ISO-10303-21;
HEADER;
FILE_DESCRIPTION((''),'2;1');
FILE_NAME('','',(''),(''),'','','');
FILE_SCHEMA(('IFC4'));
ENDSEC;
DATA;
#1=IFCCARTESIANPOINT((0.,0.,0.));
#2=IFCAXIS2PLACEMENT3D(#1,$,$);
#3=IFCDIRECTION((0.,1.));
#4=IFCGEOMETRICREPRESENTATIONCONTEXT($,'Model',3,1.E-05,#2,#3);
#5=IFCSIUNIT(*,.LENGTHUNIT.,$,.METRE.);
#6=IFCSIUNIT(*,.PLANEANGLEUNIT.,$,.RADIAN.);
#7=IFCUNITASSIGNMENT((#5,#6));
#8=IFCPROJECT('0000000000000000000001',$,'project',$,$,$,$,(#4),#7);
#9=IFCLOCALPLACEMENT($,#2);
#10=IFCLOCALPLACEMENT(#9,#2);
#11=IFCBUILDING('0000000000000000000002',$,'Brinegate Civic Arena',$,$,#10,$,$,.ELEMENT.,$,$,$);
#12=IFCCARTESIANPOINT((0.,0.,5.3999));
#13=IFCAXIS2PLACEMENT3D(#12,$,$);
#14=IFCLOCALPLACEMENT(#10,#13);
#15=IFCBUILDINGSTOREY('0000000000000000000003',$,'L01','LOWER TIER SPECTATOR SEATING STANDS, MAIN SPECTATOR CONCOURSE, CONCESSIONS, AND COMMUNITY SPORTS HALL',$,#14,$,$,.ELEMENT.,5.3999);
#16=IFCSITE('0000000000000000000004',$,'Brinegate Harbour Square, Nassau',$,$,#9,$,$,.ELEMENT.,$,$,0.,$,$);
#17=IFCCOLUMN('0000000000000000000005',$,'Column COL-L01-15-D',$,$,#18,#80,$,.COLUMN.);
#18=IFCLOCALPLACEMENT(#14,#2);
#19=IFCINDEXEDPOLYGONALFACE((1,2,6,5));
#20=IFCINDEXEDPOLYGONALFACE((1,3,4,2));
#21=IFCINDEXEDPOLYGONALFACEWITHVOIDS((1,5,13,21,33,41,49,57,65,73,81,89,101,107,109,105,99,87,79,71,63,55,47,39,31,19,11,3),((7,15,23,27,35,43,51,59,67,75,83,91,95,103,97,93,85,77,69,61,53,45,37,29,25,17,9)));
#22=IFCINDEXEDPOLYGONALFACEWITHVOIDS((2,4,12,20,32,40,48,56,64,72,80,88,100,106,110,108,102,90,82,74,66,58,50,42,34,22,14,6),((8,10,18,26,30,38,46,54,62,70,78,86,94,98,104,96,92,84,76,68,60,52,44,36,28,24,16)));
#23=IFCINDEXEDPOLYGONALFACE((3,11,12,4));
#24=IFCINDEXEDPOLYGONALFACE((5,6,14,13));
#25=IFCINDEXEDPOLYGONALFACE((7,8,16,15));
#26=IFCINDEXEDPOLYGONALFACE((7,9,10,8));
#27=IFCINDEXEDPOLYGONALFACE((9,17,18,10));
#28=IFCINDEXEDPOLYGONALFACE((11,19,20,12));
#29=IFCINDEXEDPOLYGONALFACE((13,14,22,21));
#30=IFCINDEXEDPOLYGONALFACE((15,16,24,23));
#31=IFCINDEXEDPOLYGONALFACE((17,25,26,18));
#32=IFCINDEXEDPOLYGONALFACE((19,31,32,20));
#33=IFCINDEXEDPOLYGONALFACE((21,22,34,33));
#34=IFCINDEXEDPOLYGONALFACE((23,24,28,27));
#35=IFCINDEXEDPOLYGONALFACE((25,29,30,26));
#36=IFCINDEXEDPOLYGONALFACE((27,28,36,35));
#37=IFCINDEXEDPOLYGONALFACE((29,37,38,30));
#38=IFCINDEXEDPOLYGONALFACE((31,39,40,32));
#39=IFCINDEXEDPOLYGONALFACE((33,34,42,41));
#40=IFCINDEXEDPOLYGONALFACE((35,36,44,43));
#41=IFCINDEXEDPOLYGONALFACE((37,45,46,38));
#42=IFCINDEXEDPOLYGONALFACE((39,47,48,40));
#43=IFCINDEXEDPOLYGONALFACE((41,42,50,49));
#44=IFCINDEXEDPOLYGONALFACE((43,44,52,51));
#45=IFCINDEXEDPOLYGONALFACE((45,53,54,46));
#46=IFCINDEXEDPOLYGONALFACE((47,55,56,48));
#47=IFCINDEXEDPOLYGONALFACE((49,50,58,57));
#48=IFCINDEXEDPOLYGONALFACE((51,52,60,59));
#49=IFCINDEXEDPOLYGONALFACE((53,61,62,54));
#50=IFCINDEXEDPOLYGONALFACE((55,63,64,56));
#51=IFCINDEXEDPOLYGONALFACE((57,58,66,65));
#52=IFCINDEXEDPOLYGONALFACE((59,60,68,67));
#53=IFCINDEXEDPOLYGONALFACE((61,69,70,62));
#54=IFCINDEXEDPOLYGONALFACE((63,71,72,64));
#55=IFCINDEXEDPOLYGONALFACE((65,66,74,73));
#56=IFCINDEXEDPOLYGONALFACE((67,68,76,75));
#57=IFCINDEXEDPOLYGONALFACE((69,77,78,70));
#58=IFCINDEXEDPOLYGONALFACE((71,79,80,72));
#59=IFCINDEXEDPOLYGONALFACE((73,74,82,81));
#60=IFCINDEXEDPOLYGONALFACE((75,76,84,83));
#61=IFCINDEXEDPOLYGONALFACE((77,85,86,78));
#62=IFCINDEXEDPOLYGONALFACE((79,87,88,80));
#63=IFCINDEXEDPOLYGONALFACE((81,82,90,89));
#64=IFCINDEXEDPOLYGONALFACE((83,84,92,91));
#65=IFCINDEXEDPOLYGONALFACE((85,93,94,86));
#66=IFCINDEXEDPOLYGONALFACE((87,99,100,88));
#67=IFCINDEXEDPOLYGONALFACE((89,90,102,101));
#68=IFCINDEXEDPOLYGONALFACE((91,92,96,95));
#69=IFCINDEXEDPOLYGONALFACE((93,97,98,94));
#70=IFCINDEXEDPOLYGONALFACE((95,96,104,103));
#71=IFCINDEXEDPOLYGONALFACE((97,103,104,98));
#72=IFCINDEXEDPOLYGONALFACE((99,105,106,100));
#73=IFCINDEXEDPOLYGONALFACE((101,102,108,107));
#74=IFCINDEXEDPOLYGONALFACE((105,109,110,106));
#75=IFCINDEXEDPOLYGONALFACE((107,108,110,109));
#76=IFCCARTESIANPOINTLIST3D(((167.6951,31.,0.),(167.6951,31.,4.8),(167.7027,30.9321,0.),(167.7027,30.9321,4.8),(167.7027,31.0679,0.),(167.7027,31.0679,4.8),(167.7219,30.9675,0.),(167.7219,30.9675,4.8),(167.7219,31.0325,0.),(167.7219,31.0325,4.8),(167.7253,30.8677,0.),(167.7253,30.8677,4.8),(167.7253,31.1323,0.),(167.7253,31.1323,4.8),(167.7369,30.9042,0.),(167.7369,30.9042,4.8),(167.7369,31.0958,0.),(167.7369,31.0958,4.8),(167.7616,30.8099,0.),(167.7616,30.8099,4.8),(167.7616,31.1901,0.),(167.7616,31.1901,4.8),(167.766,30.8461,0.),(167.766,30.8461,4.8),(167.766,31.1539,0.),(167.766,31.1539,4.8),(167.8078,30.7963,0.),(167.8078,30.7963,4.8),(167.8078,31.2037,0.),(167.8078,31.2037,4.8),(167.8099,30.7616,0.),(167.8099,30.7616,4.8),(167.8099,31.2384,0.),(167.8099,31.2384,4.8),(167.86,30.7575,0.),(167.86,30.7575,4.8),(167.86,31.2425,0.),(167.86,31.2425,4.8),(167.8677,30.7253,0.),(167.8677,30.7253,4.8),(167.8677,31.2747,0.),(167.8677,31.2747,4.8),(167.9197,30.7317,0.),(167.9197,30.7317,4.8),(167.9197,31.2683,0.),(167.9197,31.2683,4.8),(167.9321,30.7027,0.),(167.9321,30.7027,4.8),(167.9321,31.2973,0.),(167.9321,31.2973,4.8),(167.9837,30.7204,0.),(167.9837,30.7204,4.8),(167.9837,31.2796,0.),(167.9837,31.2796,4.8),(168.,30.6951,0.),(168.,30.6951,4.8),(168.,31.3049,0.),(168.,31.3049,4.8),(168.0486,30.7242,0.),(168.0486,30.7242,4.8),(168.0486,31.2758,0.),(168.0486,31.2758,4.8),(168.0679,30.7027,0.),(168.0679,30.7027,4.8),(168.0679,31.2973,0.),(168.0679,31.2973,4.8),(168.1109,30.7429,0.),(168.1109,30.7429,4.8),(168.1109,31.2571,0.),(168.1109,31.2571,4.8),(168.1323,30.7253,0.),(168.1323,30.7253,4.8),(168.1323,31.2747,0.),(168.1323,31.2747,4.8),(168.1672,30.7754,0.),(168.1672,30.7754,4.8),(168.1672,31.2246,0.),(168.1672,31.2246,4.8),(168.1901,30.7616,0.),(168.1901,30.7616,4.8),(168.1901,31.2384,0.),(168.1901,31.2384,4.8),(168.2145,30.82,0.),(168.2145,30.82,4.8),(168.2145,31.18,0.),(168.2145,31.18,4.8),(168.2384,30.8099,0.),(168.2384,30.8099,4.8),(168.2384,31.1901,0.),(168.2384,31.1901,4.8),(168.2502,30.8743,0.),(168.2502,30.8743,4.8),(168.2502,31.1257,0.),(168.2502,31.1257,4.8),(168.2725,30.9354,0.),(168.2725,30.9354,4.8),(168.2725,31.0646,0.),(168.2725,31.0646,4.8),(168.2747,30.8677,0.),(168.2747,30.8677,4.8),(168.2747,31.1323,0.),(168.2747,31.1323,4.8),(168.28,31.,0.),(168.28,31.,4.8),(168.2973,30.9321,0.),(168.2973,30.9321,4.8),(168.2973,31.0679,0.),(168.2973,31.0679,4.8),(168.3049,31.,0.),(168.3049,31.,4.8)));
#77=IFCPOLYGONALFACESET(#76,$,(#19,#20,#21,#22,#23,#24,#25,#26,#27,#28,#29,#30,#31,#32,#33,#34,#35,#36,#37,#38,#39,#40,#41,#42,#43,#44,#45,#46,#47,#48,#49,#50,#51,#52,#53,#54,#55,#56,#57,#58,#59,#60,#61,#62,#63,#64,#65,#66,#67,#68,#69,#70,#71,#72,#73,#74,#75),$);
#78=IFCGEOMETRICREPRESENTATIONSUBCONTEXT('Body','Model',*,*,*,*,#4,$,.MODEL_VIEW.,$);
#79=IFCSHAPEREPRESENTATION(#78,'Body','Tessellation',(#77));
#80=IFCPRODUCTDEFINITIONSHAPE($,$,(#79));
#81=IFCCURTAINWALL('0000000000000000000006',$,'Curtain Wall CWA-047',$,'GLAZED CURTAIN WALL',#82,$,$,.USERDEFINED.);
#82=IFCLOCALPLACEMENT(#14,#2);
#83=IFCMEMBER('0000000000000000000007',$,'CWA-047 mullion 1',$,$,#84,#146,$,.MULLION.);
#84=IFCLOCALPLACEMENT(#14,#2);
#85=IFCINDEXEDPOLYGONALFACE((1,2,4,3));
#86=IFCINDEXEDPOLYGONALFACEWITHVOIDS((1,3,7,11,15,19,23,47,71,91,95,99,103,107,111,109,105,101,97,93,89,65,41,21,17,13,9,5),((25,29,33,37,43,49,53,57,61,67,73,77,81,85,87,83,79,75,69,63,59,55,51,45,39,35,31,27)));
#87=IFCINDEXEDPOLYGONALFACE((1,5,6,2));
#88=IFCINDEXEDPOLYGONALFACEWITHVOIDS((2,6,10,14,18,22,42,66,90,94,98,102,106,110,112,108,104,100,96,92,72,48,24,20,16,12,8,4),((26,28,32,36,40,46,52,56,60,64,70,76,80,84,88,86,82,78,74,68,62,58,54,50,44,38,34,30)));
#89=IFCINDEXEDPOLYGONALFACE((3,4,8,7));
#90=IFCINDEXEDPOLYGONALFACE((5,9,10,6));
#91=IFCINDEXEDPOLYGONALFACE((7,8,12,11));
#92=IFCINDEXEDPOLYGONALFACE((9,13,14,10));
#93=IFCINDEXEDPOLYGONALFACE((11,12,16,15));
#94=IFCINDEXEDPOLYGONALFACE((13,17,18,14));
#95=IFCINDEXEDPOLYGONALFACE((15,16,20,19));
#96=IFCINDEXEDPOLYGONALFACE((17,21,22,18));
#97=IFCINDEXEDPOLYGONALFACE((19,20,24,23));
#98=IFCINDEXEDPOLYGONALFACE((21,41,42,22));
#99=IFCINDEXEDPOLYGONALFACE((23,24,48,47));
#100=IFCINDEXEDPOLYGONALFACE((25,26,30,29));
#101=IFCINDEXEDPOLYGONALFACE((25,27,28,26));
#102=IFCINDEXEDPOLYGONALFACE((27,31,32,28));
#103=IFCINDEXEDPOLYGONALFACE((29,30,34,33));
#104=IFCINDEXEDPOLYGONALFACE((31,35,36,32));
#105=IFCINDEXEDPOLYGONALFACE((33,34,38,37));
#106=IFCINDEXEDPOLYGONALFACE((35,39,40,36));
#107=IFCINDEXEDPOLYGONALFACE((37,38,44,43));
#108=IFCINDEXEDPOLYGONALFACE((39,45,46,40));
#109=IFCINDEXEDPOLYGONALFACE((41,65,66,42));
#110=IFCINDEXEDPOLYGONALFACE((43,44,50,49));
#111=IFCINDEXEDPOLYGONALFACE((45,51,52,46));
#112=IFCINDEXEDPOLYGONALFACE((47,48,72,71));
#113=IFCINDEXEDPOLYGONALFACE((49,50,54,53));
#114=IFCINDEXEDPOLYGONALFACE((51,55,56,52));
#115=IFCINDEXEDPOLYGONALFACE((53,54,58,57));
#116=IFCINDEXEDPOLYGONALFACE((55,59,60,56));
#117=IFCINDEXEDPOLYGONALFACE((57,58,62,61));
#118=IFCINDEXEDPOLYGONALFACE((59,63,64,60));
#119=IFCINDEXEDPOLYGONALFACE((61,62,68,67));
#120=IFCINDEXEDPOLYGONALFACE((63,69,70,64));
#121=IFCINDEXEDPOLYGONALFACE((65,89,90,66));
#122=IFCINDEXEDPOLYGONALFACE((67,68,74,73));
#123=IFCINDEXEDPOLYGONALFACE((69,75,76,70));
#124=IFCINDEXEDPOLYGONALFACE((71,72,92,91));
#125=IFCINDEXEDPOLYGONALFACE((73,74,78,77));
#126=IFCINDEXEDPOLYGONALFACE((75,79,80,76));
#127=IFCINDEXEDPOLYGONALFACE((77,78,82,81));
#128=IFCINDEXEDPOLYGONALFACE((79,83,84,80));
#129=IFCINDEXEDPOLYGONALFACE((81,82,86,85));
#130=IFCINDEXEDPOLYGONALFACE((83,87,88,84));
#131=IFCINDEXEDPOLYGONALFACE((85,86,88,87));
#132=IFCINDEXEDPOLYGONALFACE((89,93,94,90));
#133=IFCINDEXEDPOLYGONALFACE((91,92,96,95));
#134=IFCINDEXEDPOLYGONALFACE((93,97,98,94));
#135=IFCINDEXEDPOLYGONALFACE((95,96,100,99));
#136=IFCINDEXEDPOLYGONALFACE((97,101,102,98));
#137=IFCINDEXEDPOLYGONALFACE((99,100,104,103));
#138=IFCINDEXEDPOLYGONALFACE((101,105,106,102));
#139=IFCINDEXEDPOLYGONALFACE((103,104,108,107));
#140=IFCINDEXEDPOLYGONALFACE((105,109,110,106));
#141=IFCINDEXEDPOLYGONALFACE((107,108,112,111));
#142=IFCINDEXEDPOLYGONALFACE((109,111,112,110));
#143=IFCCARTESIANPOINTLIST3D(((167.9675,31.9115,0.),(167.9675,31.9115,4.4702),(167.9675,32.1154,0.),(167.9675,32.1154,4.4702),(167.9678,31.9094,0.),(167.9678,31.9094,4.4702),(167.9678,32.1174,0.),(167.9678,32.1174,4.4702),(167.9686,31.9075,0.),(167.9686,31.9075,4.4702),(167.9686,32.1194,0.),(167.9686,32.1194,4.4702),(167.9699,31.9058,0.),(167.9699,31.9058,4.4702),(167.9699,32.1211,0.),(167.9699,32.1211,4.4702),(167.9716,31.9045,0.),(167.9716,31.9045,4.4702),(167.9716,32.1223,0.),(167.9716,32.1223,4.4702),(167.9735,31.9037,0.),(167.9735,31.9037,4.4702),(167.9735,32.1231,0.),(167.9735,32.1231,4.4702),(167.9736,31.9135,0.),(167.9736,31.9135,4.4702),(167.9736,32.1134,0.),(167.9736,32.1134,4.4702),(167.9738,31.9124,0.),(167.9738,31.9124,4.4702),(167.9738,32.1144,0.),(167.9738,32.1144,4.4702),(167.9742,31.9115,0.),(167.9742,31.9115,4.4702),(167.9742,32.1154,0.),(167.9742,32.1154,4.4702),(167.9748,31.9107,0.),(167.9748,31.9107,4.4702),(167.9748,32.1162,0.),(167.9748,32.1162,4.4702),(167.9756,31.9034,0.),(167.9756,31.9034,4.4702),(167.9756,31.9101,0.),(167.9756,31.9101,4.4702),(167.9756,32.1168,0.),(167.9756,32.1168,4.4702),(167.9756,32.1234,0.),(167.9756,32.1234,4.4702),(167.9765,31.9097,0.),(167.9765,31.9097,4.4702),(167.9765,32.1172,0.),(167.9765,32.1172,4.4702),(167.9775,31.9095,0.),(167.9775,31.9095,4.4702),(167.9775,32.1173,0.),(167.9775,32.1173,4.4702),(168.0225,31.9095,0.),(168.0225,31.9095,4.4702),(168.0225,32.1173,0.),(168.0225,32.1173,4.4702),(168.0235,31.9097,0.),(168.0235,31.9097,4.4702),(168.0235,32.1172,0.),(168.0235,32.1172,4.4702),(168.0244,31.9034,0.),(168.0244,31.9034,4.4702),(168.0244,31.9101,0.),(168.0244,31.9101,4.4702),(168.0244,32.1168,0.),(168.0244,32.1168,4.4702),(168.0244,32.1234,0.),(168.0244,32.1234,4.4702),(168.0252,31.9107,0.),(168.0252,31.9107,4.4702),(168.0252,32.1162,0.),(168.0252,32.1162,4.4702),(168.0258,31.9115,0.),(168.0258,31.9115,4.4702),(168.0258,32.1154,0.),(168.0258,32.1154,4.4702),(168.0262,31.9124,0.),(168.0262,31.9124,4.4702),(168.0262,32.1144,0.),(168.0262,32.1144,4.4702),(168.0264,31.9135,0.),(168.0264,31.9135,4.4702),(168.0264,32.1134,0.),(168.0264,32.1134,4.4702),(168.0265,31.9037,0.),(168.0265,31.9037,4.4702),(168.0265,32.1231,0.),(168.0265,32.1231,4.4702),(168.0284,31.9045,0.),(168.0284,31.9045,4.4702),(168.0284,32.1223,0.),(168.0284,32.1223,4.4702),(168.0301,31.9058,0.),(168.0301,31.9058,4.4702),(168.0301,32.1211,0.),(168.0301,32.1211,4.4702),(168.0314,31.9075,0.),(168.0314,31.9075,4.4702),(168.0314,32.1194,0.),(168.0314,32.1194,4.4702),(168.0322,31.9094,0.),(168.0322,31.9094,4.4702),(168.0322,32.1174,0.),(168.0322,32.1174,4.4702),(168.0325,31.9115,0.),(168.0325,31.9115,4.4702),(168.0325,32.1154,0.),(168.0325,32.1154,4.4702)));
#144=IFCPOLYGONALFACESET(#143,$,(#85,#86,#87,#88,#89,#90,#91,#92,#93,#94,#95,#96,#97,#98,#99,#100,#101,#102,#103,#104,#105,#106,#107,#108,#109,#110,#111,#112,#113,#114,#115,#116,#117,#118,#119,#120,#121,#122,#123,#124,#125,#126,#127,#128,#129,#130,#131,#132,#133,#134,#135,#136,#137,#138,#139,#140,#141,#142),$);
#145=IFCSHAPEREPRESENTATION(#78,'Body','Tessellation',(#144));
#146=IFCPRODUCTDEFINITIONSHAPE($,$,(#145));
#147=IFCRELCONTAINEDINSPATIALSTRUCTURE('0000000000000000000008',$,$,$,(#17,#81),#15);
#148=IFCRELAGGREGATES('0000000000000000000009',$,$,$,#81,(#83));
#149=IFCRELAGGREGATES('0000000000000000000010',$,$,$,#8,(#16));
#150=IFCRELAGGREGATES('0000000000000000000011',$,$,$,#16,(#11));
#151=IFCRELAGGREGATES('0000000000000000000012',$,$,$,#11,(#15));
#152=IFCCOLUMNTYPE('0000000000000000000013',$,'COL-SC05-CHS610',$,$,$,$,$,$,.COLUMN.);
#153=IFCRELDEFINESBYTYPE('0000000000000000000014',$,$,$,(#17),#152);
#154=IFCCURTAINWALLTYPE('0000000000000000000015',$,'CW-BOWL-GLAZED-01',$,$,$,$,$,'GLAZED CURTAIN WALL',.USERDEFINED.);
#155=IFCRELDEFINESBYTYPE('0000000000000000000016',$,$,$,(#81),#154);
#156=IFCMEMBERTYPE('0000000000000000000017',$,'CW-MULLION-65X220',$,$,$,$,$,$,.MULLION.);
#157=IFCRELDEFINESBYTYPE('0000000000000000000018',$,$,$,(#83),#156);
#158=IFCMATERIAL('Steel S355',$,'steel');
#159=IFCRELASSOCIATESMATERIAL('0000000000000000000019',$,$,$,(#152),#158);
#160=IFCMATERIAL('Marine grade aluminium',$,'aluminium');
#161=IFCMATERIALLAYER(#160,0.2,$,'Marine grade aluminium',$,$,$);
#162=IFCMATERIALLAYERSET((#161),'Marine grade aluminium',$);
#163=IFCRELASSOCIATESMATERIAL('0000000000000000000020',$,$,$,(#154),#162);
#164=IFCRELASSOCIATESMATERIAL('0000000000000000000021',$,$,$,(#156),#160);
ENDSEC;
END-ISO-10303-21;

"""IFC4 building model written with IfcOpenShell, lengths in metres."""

from ifc_helpers import new_model, si_unit, direction, frame, origin, origin_2d, place, context, subcontext, project, spatial, hollow_rectangle, hollow_circle, extrude, material, layer, layer_set, material_profile, profile_set, type_object, element, aggregate, save


model = new_model("IFC4")

# Units and contexts
model_context = context("Model", 3, precision=1e-05, world=origin(), true_north=direction((0.0, 1.0)))
body_context = subcontext(model_context, "Body", "Model", "MODEL_VIEW")
ifc_project = project(units=[si_unit("LENGTHUNIT", "METRE"), si_unit("PLANEANGLEUNIT", "RADIAN")], contexts=[model_context])

# Site, building, storey
site_placement = place(None, origin())
site = spatial("IfcSite", under=ifc_project, at=site_placement, Name="Brinegate Harbour Square, Nassau", CompositionType="ELEMENT", RefElevation=0.0)
building_placement = place(site_placement, origin())
building = spatial("IfcBuilding", under=site, at=building_placement, Name="Brinegate Civic Arena", CompositionType="ELEMENT")
storey_placement = place(building_placement, frame((0.0, 0.0, 5.3999)))
storey = spatial("IfcBuildingStorey", under=building, at=storey_placement, Name="L01", Description="LOWER TIER SPECTATOR SEATING STANDS, MAIN SPECTATOR CONCOURSE, CONCESSIONS, AND COMMUNITY SPORTS HALL", CompositionType="ELEMENT", Elevation=5.3999)

# Column
ifc_material_1 = material(Name="Steel S355", Category="steel")
ifc_material_profile_1 = material_profile(ifc_material_1, hollow_circle(Radius=0.3049, WallThickness=0.0249, at=origin_2d()), Name="CHS610X25")
ifc_profile_set_1 = profile_set([ifc_material_profile_1], Name="Steel S355")
column_type = type_object("IfcColumnType", Name="COL-SC05-CHS610", PredefinedType="COLUMN", material=ifc_profile_set_1)
column_placement = place(storey_placement, frame((168.0, 31.0, 0.0), z_axis=(0.0, 0.0, 1.0), x_axis=(1.0, 0.0, 0.0)))
element("IfcColumn", 1, at=column_placement, inside=storey, type_object=column_type, Name="Column COL-L01-15-D", PredefinedType="COLUMN", context=body_context, shape_type="SweptSolid", body=[
    extrude(hollow_circle(Radius=0.3049, WallThickness=0.0249, at=origin_2d()), origin(), (0.0, 0.0, 1.0), 4.8),
])

# Curtain wall, member
ifc_material_2 = material(Name="Marine grade aluminium", Category="aluminium")
ifc_layer_1 = layer(ifc_material_2, 0.2, Name="Marine grade aluminium")
ifc_layer_set_1 = layer_set([ifc_layer_1], Name="Marine grade aluminium")
curtain_wall_type = type_object("IfcCurtainWallType", Name="CW-BOWL-GLAZED-01", ElementType="GLAZED CURTAIN WALL", PredefinedType="USERDEFINED", material=ifc_layer_set_1)
curtain_wall_1_placement = place(storey_placement, origin())
curtain_wall_1 = element("IfcCurtainWall", 2, at=curtain_wall_1_placement, inside=storey, type_object=curtain_wall_type, Name="Curtain Wall CWA-047", ObjectType="GLAZED CURTAIN WALL", PredefinedType="USERDEFINED")
ifc_material_profile_2 = material_profile(ifc_material_2, hollow_rectangle(XDim=0.0649, YDim=0.22, WallThickness=0.0061, InnerFilletRadius=0.0039, OuterFilletRadius=0.0081, at=origin_2d()), Name="MUL65X220")
ifc_profile_set_2 = profile_set([ifc_material_profile_2], Name="Marine grade aluminium")
member_type_1 = type_object("IfcMemberType", Name="CW-MULLION-65X220", PredefinedType="MULLION", material=ifc_profile_set_2)
member_1_placement = place(storey_placement, frame((168.0, 32.0134, 0.0), z_axis=(0.0, 0.0, 1.0), x_axis=(-1.0, 0.0, 0.0)))
member_1 = element("IfcMember", 3, at=member_1_placement, type_object=member_type_1, Name="CWA-047 mullion 1", PredefinedType="MULLION", context=body_context, shape_type="SweptSolid", body=[
    extrude(hollow_rectangle(XDim=0.0649, YDim=0.22, WallThickness=0.0061, InnerFilletRadius=0.0039, OuterFilletRadius=0.0081, at=origin_2d()), origin(), (0.0, 0.0, 1.0), 4.4702),
])

aggregate(curtain_wall_1, [member_1])

save(model, "model.ifc")
